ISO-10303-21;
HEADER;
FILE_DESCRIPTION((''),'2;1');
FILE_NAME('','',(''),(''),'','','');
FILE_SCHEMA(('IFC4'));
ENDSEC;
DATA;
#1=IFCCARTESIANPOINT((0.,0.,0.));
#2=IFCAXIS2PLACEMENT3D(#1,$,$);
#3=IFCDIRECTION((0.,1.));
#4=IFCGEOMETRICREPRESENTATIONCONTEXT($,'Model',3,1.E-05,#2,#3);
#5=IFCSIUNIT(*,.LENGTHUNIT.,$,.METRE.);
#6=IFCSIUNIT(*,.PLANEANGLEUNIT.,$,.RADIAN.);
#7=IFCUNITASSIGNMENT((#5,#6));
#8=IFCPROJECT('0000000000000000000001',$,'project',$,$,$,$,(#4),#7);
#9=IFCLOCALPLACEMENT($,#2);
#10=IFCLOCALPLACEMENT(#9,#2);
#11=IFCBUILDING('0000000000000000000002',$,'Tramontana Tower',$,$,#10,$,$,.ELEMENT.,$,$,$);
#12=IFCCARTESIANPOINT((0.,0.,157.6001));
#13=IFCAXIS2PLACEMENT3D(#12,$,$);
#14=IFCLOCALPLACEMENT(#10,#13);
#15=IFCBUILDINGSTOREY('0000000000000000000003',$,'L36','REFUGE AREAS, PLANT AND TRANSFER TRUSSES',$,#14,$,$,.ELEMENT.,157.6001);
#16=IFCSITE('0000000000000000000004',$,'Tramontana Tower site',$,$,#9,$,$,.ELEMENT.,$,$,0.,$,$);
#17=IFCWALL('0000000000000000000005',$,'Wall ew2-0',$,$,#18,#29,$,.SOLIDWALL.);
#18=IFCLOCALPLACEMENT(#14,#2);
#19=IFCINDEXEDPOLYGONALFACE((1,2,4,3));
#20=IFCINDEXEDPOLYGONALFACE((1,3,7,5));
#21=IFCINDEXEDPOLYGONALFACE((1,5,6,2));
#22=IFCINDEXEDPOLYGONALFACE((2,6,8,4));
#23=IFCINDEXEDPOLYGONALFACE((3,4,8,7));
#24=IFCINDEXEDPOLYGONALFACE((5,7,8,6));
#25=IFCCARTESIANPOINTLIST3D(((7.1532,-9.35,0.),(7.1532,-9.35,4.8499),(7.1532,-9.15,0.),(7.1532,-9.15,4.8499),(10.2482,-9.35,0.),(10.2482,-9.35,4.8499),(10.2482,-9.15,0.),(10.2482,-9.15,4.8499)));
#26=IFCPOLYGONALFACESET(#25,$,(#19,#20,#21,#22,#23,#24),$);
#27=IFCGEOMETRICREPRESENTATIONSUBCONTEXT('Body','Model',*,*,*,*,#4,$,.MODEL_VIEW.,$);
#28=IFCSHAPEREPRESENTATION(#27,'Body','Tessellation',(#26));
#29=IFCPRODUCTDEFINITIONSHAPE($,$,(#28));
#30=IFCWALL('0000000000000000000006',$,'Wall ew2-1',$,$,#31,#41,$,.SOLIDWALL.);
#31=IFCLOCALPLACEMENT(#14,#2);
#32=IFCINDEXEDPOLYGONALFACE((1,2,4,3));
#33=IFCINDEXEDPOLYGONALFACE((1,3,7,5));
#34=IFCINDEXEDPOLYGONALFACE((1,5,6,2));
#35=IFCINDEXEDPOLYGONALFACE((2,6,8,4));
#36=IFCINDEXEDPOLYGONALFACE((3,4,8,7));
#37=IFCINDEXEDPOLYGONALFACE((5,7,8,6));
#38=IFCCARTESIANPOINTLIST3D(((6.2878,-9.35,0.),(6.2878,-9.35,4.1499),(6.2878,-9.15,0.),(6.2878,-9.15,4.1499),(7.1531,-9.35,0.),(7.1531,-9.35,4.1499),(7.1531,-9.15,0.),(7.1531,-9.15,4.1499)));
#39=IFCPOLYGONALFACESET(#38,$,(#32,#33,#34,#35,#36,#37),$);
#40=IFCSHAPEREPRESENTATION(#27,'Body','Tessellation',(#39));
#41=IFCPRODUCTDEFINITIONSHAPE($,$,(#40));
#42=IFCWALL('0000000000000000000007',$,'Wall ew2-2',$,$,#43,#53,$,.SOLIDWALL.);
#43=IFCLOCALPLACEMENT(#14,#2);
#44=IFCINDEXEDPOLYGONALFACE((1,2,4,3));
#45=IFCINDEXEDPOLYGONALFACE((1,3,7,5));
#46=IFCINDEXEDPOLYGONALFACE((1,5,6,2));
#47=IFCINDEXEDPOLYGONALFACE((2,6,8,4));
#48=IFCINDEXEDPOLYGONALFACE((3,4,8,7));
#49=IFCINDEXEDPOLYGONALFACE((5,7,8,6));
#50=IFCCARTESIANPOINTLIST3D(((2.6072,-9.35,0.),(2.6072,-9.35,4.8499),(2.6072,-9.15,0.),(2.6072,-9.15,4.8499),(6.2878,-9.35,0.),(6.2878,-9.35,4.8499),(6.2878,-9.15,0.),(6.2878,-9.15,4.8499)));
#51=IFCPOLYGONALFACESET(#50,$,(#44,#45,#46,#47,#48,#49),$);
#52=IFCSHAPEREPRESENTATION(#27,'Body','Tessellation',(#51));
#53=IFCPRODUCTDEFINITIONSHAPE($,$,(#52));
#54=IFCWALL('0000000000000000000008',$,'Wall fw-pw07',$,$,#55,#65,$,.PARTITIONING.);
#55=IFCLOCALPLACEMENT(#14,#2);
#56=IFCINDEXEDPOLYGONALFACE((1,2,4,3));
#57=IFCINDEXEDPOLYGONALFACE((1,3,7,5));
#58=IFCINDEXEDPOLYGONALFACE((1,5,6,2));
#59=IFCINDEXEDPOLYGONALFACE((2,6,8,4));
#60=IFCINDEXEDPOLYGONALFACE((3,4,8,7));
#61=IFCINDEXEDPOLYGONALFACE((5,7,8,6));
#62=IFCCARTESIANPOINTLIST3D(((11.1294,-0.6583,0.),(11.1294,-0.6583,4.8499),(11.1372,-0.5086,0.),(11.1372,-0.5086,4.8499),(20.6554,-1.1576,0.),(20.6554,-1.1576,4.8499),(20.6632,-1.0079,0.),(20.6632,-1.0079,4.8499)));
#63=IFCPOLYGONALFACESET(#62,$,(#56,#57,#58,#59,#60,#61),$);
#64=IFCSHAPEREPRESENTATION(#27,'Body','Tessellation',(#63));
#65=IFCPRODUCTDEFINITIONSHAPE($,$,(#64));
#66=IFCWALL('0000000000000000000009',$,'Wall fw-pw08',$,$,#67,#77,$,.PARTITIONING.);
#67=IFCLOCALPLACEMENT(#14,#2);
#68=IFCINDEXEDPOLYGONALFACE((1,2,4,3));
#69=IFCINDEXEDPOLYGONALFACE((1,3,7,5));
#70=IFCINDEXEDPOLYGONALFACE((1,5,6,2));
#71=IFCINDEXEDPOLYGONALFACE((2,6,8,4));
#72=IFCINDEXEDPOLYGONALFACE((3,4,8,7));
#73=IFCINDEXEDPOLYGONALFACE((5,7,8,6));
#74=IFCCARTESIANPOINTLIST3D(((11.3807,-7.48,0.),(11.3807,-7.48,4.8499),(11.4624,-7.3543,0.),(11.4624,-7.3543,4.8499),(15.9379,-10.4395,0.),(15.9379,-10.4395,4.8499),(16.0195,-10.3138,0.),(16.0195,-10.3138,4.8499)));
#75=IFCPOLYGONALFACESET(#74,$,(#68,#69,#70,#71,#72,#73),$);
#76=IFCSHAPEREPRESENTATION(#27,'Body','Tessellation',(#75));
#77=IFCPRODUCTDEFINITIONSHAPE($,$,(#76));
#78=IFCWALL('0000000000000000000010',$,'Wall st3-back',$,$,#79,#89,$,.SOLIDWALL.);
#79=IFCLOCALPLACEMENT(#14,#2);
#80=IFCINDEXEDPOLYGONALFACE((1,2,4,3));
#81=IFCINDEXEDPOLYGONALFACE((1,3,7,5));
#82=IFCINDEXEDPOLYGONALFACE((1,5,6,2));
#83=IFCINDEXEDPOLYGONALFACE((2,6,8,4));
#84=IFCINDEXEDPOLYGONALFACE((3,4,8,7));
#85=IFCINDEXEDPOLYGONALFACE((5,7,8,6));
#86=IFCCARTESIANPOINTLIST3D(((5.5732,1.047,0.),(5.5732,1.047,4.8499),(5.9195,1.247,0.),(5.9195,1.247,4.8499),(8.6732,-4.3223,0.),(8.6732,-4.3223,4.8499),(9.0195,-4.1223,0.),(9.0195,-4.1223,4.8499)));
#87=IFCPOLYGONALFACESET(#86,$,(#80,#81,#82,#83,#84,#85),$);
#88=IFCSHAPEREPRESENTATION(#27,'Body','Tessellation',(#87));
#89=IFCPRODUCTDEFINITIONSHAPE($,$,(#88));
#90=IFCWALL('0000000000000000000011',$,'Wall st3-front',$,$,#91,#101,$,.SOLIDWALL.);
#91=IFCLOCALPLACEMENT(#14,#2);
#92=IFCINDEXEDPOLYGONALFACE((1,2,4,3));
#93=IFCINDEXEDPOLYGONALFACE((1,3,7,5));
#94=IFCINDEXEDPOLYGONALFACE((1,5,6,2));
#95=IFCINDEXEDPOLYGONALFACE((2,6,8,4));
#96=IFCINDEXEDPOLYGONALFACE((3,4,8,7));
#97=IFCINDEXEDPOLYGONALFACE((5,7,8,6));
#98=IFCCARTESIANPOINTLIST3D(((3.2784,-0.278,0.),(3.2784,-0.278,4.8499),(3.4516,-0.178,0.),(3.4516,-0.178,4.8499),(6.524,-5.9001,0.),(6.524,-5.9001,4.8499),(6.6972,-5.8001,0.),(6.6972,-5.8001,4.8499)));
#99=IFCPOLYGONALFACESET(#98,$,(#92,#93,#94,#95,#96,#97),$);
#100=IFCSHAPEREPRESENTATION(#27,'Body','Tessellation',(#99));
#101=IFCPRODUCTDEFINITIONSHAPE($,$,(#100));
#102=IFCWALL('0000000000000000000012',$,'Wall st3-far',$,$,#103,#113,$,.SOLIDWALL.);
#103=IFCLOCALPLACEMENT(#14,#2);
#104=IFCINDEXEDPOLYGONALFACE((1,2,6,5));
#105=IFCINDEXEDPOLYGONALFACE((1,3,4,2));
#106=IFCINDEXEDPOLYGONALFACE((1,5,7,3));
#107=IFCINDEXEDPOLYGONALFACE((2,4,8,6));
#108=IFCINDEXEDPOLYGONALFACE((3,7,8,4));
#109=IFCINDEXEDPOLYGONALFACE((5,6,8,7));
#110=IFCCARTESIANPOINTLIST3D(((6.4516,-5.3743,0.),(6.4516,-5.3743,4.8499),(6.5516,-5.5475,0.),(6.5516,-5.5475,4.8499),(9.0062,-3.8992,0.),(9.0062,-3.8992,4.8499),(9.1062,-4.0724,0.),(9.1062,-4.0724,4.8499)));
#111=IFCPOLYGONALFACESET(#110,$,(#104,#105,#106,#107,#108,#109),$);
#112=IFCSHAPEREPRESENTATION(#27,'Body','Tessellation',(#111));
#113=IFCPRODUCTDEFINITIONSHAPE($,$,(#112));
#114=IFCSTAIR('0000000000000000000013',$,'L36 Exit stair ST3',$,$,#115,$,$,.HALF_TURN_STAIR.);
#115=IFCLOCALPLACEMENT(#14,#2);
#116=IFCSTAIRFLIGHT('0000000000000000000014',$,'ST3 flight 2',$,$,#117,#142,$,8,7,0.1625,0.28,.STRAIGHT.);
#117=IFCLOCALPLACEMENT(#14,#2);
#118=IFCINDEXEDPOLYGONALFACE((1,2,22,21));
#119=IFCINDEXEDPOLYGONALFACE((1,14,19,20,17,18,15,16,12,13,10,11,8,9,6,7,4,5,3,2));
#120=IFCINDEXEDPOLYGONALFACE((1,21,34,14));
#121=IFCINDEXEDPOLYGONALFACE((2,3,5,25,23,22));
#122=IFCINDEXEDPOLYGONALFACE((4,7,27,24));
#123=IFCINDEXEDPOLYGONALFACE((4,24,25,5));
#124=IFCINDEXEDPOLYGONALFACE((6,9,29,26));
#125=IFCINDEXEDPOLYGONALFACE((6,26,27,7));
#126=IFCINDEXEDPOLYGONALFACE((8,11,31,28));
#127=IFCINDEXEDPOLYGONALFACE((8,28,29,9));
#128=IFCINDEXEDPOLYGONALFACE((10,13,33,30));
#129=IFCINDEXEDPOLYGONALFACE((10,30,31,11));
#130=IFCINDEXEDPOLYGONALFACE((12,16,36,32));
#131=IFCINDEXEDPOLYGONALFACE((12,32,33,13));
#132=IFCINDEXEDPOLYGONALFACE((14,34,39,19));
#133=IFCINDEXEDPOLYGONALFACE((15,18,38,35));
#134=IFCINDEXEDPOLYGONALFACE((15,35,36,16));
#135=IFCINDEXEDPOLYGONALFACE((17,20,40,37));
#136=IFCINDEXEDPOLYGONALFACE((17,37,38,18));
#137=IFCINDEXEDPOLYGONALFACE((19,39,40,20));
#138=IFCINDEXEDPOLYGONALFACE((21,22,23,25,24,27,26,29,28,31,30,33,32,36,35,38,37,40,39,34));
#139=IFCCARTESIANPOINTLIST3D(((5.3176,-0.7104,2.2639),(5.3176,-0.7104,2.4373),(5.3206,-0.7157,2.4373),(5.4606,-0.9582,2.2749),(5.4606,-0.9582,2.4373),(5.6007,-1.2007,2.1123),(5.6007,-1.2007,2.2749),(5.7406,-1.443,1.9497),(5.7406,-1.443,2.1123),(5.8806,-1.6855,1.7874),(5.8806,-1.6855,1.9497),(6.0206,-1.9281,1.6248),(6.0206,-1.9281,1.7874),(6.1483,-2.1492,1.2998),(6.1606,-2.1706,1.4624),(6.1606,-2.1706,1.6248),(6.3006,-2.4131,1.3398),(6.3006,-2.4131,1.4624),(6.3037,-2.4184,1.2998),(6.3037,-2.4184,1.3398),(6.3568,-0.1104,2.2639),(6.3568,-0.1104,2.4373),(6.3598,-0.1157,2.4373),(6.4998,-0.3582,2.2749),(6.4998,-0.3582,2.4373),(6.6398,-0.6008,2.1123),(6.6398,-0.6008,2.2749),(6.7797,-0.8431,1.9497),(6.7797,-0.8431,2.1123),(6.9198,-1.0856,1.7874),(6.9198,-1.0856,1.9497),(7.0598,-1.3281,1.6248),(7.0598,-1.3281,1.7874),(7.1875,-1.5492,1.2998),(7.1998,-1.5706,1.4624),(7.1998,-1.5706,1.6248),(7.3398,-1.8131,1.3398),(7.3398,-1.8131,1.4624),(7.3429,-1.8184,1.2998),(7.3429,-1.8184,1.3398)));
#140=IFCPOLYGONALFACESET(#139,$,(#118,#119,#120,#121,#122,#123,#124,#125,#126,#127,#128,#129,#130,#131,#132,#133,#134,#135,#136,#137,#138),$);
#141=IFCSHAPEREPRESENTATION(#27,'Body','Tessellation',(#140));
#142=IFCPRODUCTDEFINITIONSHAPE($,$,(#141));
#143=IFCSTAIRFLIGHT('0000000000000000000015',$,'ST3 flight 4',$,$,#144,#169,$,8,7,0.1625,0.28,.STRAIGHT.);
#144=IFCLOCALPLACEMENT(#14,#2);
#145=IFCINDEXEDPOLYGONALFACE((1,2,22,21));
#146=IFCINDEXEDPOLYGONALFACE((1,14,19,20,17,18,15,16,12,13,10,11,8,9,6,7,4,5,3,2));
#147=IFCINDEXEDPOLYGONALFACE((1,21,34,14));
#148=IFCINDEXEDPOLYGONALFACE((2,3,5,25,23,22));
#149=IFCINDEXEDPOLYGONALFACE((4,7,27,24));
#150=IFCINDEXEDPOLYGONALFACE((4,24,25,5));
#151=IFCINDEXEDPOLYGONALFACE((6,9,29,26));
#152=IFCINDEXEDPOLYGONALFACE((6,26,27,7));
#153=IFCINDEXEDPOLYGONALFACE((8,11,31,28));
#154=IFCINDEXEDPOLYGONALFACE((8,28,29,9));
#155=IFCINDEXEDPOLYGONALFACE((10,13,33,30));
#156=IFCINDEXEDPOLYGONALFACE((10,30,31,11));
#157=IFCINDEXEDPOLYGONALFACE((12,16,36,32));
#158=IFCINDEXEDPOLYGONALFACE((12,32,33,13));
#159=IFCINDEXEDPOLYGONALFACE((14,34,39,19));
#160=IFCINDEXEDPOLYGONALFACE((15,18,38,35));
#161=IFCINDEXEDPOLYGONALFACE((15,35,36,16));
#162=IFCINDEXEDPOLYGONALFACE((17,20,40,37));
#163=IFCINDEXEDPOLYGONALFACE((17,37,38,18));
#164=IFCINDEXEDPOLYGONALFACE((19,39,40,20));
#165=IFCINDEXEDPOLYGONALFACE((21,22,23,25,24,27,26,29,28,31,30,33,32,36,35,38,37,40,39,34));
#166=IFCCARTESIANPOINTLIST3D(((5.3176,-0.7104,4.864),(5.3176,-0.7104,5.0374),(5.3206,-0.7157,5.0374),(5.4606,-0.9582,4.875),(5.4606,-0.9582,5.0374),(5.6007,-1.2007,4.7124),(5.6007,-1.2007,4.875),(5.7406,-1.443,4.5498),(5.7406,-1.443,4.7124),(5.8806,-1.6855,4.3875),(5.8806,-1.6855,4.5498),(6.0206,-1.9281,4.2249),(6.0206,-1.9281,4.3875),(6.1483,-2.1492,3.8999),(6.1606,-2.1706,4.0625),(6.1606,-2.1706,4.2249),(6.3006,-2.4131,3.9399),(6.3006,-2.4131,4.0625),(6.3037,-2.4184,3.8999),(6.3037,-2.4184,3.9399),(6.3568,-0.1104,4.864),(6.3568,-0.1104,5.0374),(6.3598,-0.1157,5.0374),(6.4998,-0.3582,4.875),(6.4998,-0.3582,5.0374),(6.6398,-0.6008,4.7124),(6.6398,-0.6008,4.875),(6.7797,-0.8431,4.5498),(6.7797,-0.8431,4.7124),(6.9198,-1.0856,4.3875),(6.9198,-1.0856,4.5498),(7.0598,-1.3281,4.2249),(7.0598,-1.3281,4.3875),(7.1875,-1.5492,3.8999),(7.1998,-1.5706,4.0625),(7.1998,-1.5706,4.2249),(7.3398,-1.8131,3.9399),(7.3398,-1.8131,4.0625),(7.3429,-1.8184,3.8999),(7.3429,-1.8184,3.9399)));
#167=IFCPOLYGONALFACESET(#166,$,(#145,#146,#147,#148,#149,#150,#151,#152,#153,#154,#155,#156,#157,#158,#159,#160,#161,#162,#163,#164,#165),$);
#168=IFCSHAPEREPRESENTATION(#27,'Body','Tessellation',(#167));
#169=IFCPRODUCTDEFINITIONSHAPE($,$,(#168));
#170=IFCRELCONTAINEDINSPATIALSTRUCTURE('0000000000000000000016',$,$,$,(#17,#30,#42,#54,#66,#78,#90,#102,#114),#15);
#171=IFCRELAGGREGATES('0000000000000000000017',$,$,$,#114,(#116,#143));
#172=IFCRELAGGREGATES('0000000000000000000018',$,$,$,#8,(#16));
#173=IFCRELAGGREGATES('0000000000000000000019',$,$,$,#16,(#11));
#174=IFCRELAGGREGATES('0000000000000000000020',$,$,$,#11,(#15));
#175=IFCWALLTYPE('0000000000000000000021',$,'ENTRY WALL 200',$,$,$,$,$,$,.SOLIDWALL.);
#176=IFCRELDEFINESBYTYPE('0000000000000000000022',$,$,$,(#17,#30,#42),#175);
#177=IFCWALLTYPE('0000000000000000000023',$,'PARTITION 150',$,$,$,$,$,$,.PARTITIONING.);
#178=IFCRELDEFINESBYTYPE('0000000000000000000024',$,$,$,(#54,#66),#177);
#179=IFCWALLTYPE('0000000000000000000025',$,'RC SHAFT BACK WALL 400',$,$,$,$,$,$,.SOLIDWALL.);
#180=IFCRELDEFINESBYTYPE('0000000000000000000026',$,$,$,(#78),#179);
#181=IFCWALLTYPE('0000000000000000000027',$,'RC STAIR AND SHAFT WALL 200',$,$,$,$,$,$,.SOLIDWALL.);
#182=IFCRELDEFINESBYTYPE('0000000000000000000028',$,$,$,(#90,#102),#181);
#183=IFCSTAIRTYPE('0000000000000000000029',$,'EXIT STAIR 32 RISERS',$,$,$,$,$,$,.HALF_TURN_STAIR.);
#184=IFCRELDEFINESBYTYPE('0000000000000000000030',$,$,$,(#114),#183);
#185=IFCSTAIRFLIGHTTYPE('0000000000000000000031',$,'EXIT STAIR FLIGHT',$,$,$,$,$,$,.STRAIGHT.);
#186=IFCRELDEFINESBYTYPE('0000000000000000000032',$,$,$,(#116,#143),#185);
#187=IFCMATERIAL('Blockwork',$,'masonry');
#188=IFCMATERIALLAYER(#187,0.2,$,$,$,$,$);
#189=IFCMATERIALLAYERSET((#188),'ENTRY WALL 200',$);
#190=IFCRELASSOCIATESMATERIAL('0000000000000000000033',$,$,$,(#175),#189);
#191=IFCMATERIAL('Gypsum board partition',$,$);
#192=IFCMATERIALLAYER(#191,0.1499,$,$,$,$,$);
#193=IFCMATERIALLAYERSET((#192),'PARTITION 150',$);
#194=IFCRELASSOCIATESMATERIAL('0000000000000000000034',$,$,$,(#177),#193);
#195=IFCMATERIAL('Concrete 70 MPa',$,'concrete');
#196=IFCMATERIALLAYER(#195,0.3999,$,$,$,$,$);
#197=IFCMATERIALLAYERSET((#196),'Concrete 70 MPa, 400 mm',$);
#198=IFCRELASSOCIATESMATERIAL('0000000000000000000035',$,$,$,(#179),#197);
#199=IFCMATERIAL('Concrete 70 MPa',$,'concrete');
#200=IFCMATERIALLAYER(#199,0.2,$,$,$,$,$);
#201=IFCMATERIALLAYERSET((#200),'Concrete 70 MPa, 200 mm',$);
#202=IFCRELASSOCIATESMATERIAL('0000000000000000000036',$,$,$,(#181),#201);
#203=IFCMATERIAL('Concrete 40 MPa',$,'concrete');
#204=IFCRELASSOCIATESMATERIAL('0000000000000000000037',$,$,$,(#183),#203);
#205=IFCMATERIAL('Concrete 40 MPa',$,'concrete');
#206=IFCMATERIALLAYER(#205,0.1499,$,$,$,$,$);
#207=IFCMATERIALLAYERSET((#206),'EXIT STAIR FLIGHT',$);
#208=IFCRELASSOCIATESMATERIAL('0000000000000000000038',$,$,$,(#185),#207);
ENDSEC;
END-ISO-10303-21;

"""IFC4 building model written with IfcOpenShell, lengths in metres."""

from ifc_helpers import new_model, si_unit, direction, frame, frame_2d, origin, place, context, subcontext, project, spatial, polyline, rectangle, outline, extrude, material, layer, layer_set, type_object, element, aggregate, save


model = new_model("IFC4")

# Units and contexts
model_context = context("Model", 3, precision=1e-05, world=origin(), true_north=direction((0.0, 1.0)))
body_context = subcontext(model_context, "Body", "Model", "MODEL_VIEW")
ifc_project = project(units=[si_unit("LENGTHUNIT", "METRE"), si_unit("PLANEANGLEUNIT", "RADIAN")], contexts=[model_context])

# Site, building, storey
site_placement = place(None, origin())
site = spatial("IfcSite", under=ifc_project, at=site_placement, Name="Tramontana Tower site", CompositionType="ELEMENT", RefElevation=0.0)
building_placement = place(site_placement, origin())
building = spatial("IfcBuilding", under=site, at=building_placement, Name="Tramontana Tower", CompositionType="ELEMENT")
storey_placement = place(building_placement, frame((0.0, 0.0, 157.6001)))
storey = spatial("IfcBuildingStorey", under=building, at=storey_placement, Name="L36", Description="REFUGE AREAS, PLANT AND TRANSFER TRUSSES", CompositionType="ELEMENT", Elevation=157.6001)

# Walls
ifc_material_1 = material(Name="Blockwork", Category="masonry")
ifc_layer_1 = layer(ifc_material_1, 0.2)
ifc_layer_set_1 = layer_set([ifc_layer_1], Name="ENTRY WALL 200")
wall_type_1 = type_object("IfcWallType", Name="ENTRY WALL 200", PredefinedType="SOLIDWALL", material=ifc_layer_set_1)
wall_1_placement = place(storey_placement, frame((10.248, -9.25, 0.0), z_axis=(0.0, 0.0, 1.0), x_axis=(-1.0, 0.0, 0.0)))
element("IfcWall", 1, at=wall_1_placement, inside=storey, type_object=wall_type_1, Name="Wall ew2-0", PredefinedType="SOLIDWALL", context=body_context, shape_type="SweptSolid", body=[
    extrude(rectangle(XDim=3.095, YDim=0.2, at=frame_2d((1.5474, 0.0))), origin(), (0.0, 0.0, 1.0), 4.8499),
])
wall_2_placement = place(storey_placement, frame((7.1531, -9.25, 0.0), z_axis=(0.0, 0.0, 1.0), x_axis=(-1.0, 0.0, 0.0)))
element("IfcWall", 2, at=wall_2_placement, inside=storey, type_object=wall_type_1, Name="Wall ew2-1", PredefinedType="SOLIDWALL", context=body_context, shape_type="SweptSolid", body=[
    extrude(rectangle(XDim=0.8652, YDim=0.2, at=frame_2d((0.4326, 0.0))), origin(), (0.0, 0.0, 1.0), 4.1499),
])
wall_3_placement = place(storey_placement, frame((6.2878, -9.25, 0.0), z_axis=(0.0, 0.0, 1.0), x_axis=(-1.0, 0.0, 0.0)))
element("IfcWall", 3, at=wall_3_placement, inside=storey, type_object=wall_type_1, Name="Wall ew2-2", PredefinedType="SOLIDWALL", context=body_context, shape_type="SweptSolid", body=[
    extrude(rectangle(XDim=3.6807, YDim=0.2, at=frame_2d((1.8403, 0.0))), origin(), (0.0, 0.0, 1.0), 4.8499),
])
ifc_material_2 = material(Name="Gypsum board partition")
ifc_layer_2 = layer(ifc_material_2, 0.1499)
ifc_layer_set_2 = layer_set([ifc_layer_2], Name="PARTITION 150")
wall_type_2 = type_object("IfcWallType", Name="PARTITION 150", PredefinedType="PARTITIONING", material=ifc_layer_set_2)
wall_4_placement = place(storey_placement, frame((11.1333, -0.5835, 0.0), z_axis=(0.0, 0.0, 1.0), x_axis=(0.998629, -0.05234, 0.0)))
element("IfcWall", 4, at=wall_4_placement, inside=storey, type_object=wall_type_2, Name="Wall fw-pw07", PredefinedType="PARTITIONING", context=body_context, shape_type="SweptSolid", body=[
    extrude(rectangle(XDim=9.5391, YDim=0.1499, at=frame_2d((4.7695, 0.0))), origin(), (0.0, 0.0, 1.0), 4.8499),
])
wall_5_placement = place(storey_placement, frame((11.4216, -7.4172, 0.0), z_axis=(0.0, 0.0, 1.0), x_axis=(0.838667, -0.544644, 0.0)))
element("IfcWall", 5, at=wall_5_placement, inside=storey, type_object=wall_type_2, Name="Wall fw-pw08", PredefinedType="PARTITIONING", context=body_context, shape_type="SweptSolid", body=[
    extrude(rectangle(XDim=5.4338, YDim=0.1499, at=frame_2d((2.7168, 0.0))), origin(), (0.0, 0.0, 1.0), 4.8499),
])
ifc_material_3 = material(Name="Concrete 70 MPa", Category="concrete")
ifc_layer_3 = layer(ifc_material_3, 0.3999)
ifc_layer_set_3 = layer_set([ifc_layer_3], Name="Concrete 70 MPa, 400 mm")
wall_type_3 = type_object("IfcWallType", Name="RC SHAFT BACK WALL 400", PredefinedType="SOLIDWALL", material=ifc_layer_set_3)
wall_6_placement = place(storey_placement, frame((8.8464, -4.2224, 0.0), z_axis=(0.0, 0.0, 1.0), x_axis=(-0.50001, 0.86602, 0.0)))
element("IfcWall", 6, at=wall_6_placement, inside=storey, type_object=wall_type_3, Name="Wall st3-back", PredefinedType="SOLIDWALL", context=body_context, shape_type="SweptSolid", body=[
    extrude(rectangle(XDim=6.2, YDim=0.3999, at=frame_2d((3.1001, 0.0))), origin(), (0.0, 0.0, 1.0), 4.8499),
])
ifc_material_4 = material(Name="Concrete 70 MPa", Category="concrete")
ifc_layer_4 = layer(ifc_material_4, 0.2)
ifc_layer_set_4 = layer_set([ifc_layer_4], Name="Concrete 70 MPa, 200 mm")
wall_type_4 = type_object("IfcWallType", Name="RC STAIR AND SHAFT WALL 200", PredefinedType="SOLIDWALL", material=ifc_layer_set_4)
wall_7_placement = place(storey_placement, frame((6.6106, -5.8501, 0.0), z_axis=(0.0, 0.0, 1.0), x_axis=(-0.499966, 0.866045, 0.0)))
element("IfcWall", 7, at=wall_7_placement, inside=storey, type_object=wall_type_4, Name="Wall st3-front", PredefinedType="SOLIDWALL", context=body_context, shape_type="SweptSolid", body=[
    extrude(rectangle(XDim=6.4917, YDim=0.2, at=frame_2d((3.2458, 0.0))), origin(), (0.0, 0.0, 1.0), 4.8499),
])
wall_8_placement = place(storey_placement, frame((6.5015, -5.4609, 0.0), z_axis=(0.0, 0.0, 1.0), x_axis=(0.866004, 0.500038, 0.0)))
element("IfcWall", 8, at=wall_8_placement, inside=storey, type_object=wall_type_4, Name="Wall st3-far", PredefinedType="SOLIDWALL", context=body_context, shape_type="SweptSolid", body=[
    extrude(rectangle(XDim=2.95, YDim=0.2, at=frame_2d((1.4751, 0.0))), origin(), (0.0, 0.0, 1.0), 4.8499),
])

# Stair, stair flights
ifc_material_5 = material(Name="Concrete 40 MPa", Category="concrete")
stair_type = type_object("IfcStairType", Name="EXIT STAIR 32 RISERS", PredefinedType="HALF_TURN_STAIR", material=ifc_material_5)
stair_placement = place(storey_placement, origin())
stair = element("IfcStair", 9, at=stair_placement, inside=storey, type_object=stair_type, Name="L36 Exit stair ST3", PredefinedType="HALF_TURN_STAIR")
ifc_material_6 = material(Name="Concrete 40 MPa", Category="concrete")
ifc_layer_5 = layer(ifc_material_6, 0.1499)
ifc_layer_set_5 = layer_set([ifc_layer_5], Name="EXIT STAIR FLIGHT")
stair_flight_type = type_object("IfcStairFlightType", Name="EXIT STAIR FLIGHT", PredefinedType="STRAIGHT", material=ifc_layer_set_5)
stair_flight_1_placement = place(storey_placement, frame((6.8203, -2.113, 1.2998), z_axis=(0.0, 0.0, 1.0), x_axis=(-0.5, 0.866025, 0.0)))
stair_flight_1 = element("IfcStairFlight", 10, at=stair_flight_1_placement, type_object=stair_flight_type, Name="ST3 flight 2", NumberOfRisers=8, NumberOfTreads=7, PredefinedType="STRAIGHT", RiserHeight=0.1625, TreadLength=0.28, context=body_context, shape_type="SweptSolid", body=[
    extrude(outline(polyline([(-0.0061, 0.0), (-0.0061, 0.04), (0.0, 0.04), (0.0, 0.1626), (0.28, 0.1626), (0.28, 0.325), (0.5601, 0.325), (0.5601, 0.4875), (0.8401, 0.4875), (0.8401, 0.6499), (1.1201, 0.6499), (1.1201, 0.8125), (1.3999, 0.8125), (1.3999, 0.9751), (1.6799, 0.9751), (1.6799, 1.1375), (1.96, 1.1375), (1.9661, 1.1375), (1.9661, 0.9641), (0.3047, 0.0), (-0.0061, 0.0)])), frame((0.0, 0.6001, 0.0), z_axis=(0.0, -1.0, 0.0), x_axis=(1.0, 0.0, 0.0)), (0.0, 0.0, 1.0), 1.2),
])
stair_flight_2_placement = place(storey_placement, frame((6.8203, -2.113, 3.8999), z_axis=(0.0, 0.0, 1.0), x_axis=(-0.5, 0.866025, 0.0)))
stair_flight_2 = element("IfcStairFlight", 11, at=stair_flight_2_placement, type_object=stair_flight_type, Name="ST3 flight 4", NumberOfRisers=8, NumberOfTreads=7, PredefinedType="STRAIGHT", RiserHeight=0.1625, TreadLength=0.28, context=body_context, shape_type="SweptSolid", body=[
    extrude(outline(polyline([(-0.0061, 0.0), (-0.0061, 0.04), (0.0, 0.04), (0.0, 0.1626), (0.28, 0.1626), (0.28, 0.325), (0.5601, 0.325), (0.5601, 0.4875), (0.8401, 0.4875), (0.8401, 0.6499), (1.1201, 0.6499), (1.1201, 0.8125), (1.3999, 0.8125), (1.3999, 0.9751), (1.6799, 0.9751), (1.6799, 1.1375), (1.96, 1.1375), (1.9661, 1.1375), (1.9661, 0.9641), (0.3047, 0.0), (-0.0061, 0.0)])), frame((0.0, 0.6001, 0.0), z_axis=(0.0, -1.0, 0.0), x_axis=(1.0, 0.0, 0.0)), (0.0, 0.0, 1.0), 1.2),
])
aggregate(stair, [stair_flight_1, stair_flight_2])

save(model, "model.ifc")
